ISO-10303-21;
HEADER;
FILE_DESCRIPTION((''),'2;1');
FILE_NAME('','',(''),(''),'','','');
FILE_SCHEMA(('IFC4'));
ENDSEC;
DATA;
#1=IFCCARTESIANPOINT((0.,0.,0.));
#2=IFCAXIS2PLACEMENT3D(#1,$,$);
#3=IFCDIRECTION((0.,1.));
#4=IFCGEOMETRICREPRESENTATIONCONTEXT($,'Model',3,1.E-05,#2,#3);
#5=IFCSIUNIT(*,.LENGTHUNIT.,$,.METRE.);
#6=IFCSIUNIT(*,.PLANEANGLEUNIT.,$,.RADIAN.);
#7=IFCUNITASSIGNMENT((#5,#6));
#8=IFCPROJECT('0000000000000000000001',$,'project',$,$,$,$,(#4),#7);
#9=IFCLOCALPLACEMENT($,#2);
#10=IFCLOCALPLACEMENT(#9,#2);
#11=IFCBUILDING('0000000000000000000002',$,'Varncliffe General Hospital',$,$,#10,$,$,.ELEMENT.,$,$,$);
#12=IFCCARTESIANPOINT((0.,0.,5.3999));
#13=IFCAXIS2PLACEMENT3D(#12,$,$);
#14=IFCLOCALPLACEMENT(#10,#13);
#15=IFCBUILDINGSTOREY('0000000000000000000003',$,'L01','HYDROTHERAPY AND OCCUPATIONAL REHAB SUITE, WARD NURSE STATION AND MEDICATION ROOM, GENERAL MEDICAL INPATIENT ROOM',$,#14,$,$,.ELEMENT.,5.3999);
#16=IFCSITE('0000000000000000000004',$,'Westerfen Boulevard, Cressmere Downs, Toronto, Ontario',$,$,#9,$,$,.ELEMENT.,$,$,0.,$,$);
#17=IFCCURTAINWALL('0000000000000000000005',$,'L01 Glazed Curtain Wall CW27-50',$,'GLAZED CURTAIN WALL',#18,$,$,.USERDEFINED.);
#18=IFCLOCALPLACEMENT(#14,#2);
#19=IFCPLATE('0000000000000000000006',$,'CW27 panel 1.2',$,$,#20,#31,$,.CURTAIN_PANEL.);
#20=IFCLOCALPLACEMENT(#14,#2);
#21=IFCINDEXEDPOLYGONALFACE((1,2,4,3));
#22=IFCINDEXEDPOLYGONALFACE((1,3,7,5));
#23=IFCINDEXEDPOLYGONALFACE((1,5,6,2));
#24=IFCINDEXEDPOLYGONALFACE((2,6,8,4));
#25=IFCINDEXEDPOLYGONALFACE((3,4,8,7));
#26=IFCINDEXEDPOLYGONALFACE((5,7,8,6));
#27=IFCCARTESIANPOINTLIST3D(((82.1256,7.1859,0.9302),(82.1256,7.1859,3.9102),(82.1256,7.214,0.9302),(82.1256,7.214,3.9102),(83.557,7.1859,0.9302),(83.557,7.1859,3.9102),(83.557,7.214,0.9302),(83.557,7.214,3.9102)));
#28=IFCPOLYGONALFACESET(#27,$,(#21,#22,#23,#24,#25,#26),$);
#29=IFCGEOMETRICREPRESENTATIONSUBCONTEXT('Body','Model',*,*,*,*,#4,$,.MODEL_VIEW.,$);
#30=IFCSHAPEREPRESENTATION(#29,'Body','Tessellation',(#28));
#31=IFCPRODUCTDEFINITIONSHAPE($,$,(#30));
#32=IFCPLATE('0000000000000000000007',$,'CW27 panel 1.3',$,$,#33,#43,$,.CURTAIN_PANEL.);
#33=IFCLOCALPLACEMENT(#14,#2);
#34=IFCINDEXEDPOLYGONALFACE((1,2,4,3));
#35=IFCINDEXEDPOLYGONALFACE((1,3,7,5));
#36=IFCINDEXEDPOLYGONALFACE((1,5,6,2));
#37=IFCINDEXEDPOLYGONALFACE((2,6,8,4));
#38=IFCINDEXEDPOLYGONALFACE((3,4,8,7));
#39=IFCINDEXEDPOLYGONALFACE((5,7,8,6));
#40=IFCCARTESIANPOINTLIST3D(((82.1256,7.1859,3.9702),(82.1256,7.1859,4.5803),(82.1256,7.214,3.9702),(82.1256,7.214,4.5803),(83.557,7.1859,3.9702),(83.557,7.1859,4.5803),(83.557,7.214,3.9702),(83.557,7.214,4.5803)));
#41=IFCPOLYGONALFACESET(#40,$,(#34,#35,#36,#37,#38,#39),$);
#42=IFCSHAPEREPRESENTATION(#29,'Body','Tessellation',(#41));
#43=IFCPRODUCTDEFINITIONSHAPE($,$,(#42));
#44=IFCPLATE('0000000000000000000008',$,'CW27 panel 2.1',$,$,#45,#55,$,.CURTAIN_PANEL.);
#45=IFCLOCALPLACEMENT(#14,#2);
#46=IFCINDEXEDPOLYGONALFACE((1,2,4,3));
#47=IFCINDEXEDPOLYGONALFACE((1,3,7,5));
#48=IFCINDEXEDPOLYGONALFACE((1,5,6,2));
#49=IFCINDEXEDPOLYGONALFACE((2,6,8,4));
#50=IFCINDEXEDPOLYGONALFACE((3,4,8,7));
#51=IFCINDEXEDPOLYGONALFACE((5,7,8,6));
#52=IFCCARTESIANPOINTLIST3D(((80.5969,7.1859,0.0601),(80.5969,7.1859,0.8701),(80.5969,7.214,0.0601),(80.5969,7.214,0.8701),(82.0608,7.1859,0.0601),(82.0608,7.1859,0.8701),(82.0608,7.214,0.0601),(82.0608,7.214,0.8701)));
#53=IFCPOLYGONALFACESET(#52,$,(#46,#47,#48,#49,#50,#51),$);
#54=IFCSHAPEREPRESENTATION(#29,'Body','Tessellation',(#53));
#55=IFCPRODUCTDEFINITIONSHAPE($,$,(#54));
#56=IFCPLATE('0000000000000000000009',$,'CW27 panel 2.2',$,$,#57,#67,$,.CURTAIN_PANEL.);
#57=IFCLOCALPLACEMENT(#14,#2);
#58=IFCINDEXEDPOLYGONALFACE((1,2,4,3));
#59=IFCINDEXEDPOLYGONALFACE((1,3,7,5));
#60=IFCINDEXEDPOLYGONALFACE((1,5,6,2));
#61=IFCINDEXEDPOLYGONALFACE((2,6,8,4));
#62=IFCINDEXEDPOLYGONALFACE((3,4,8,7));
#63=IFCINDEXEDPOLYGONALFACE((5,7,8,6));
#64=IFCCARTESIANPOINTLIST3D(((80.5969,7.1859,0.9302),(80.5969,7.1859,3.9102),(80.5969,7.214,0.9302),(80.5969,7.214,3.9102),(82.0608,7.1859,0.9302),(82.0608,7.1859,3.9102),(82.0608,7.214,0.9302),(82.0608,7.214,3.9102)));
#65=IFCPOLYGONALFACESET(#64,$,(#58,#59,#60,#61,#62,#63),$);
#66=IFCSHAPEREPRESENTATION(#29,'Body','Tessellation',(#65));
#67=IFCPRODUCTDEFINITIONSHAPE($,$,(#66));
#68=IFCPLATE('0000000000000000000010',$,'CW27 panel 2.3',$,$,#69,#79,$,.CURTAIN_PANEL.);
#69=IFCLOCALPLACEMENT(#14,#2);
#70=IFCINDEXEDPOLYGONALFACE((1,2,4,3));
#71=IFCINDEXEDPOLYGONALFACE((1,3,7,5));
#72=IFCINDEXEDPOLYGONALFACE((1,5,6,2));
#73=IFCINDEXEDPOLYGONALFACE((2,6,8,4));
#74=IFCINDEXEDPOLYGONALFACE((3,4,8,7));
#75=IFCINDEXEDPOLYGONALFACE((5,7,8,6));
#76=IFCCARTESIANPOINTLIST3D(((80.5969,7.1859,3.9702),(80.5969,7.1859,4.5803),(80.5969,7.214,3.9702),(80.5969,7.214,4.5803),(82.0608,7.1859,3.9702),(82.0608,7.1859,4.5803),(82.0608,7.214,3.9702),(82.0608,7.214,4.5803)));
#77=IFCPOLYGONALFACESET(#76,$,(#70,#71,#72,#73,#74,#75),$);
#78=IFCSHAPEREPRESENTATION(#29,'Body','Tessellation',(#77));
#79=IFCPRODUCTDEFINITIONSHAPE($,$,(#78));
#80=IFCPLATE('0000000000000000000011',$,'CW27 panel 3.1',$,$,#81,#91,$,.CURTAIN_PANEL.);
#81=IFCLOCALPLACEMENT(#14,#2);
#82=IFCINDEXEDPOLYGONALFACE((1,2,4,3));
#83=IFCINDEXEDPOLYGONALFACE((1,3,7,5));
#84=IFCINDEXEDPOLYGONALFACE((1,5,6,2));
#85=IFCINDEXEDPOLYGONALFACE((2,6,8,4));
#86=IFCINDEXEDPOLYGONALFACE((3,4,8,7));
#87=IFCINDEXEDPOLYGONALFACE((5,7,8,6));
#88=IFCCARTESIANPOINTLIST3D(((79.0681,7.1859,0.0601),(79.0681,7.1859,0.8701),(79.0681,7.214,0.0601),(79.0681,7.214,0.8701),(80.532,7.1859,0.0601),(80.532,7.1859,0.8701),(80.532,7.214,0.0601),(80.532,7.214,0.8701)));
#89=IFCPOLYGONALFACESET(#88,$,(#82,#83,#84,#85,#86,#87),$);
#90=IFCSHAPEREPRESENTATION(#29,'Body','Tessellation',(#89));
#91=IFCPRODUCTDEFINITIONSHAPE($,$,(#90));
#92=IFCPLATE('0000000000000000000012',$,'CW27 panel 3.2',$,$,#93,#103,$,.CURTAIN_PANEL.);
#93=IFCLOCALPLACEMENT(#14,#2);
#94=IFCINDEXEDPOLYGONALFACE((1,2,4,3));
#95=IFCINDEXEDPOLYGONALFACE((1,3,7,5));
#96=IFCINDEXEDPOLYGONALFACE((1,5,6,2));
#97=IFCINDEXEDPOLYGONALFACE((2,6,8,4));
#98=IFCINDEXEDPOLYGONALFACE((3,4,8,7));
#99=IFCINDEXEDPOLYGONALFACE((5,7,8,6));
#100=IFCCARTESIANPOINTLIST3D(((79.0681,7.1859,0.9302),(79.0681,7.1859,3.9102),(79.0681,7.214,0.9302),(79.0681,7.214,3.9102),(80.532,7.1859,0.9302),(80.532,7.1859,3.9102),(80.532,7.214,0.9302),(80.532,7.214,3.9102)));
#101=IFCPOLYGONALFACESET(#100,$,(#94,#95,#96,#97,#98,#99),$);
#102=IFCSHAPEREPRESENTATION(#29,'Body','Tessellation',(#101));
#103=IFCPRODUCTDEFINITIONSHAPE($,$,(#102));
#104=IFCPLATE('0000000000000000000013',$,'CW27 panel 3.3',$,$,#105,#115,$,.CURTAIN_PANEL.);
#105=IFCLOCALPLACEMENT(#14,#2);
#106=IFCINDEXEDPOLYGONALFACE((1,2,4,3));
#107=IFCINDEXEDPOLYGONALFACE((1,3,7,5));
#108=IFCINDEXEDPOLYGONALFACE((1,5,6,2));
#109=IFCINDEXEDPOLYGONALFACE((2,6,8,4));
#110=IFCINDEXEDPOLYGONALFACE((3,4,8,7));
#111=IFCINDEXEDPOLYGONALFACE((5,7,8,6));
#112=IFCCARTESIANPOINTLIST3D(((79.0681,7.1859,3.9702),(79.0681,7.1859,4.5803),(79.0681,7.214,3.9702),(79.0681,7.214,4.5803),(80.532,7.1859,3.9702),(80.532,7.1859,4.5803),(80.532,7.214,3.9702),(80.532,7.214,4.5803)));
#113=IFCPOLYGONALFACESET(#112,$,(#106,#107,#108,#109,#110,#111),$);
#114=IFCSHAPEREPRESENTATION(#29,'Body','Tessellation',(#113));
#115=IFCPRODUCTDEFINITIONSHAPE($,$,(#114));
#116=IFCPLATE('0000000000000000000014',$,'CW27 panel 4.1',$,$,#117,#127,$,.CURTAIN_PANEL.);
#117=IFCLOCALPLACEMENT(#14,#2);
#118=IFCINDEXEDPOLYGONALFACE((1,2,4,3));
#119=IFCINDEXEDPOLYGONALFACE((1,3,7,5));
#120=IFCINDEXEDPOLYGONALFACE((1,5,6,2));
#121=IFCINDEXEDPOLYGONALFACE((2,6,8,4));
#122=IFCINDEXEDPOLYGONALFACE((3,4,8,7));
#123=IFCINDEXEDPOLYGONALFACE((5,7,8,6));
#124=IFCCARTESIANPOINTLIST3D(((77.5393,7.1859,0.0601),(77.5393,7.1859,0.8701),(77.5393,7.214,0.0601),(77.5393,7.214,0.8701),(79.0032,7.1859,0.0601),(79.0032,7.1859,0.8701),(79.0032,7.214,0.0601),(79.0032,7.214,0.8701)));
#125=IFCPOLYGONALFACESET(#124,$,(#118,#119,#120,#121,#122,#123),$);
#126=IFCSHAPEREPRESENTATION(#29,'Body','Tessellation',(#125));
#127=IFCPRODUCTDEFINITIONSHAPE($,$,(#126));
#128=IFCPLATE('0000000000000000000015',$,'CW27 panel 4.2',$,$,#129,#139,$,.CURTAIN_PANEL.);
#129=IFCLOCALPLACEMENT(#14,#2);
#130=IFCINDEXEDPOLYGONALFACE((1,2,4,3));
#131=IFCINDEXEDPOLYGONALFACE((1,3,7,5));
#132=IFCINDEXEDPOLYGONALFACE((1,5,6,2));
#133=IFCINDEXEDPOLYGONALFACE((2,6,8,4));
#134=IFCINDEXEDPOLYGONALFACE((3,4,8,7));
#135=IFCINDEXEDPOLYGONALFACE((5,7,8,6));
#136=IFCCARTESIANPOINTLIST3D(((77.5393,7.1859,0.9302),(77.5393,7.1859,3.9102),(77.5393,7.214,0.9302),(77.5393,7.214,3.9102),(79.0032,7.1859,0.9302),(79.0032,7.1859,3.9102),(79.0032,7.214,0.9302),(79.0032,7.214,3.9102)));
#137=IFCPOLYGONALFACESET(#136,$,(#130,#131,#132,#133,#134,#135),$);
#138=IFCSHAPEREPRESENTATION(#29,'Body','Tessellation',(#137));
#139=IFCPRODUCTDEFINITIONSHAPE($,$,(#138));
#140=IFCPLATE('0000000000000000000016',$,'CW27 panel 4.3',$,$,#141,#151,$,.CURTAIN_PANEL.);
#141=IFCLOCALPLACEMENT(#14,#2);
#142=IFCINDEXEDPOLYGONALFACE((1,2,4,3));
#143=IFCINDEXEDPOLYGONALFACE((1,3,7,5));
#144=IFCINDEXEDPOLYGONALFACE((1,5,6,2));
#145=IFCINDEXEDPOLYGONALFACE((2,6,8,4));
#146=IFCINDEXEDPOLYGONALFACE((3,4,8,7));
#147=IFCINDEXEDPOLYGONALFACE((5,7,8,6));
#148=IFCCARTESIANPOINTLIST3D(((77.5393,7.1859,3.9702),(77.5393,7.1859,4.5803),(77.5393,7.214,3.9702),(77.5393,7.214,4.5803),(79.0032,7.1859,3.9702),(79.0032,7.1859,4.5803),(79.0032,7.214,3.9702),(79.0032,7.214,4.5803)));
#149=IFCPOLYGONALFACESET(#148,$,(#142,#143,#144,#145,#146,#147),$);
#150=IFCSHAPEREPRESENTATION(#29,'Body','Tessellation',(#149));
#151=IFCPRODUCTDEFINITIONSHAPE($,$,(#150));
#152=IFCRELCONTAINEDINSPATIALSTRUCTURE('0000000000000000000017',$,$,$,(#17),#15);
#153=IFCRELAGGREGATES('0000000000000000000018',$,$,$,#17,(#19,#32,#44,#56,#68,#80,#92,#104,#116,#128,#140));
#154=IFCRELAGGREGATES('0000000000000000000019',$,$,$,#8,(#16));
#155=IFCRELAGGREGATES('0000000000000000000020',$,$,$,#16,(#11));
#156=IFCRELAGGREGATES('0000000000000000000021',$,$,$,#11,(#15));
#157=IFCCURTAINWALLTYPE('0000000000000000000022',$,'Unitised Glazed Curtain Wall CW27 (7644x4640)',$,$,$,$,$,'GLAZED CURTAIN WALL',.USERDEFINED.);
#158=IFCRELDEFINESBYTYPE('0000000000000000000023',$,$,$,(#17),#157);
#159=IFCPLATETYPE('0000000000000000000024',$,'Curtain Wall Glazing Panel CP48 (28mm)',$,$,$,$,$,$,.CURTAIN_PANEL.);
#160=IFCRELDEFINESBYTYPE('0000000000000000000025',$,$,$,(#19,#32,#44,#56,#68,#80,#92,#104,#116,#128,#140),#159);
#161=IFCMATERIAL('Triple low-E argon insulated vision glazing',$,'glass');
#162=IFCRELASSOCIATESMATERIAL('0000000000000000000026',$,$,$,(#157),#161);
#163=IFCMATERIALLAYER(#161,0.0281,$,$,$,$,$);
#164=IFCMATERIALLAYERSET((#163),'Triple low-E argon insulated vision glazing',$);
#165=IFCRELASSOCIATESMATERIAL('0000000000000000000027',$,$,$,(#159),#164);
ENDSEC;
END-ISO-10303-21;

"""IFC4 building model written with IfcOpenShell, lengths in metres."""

from ifc_helpers import new_model, si_unit, direction, frame, origin, origin_2d, place, context, subcontext, project, spatial, rectangle, extrude, material, layer, layer_set, type_object, element, aggregate, save


model = new_model("IFC4")

# Units and contexts
model_context = context("Model", 3, precision=1e-05, world=origin(), true_north=direction((0.0, 1.0)))
body_context = subcontext(model_context, "Body", "Model", "MODEL_VIEW")
ifc_project = project(units=[si_unit("LENGTHUNIT", "METRE"), si_unit("PLANEANGLEUNIT", "RADIAN")], contexts=[model_context])

# Site, building, storey
site_placement = place(None, origin())
site = spatial("IfcSite", under=ifc_project, at=site_placement, Name="Westerfen Boulevard, Cressmere Downs, Toronto, Ontario", CompositionType="ELEMENT", RefElevation=0.0)
building_placement = place(site_placement, origin())
building = spatial("IfcBuilding", under=site, at=building_placement, Name="Varncliffe General Hospital", CompositionType="ELEMENT")
storey_placement = place(building_placement, frame((0.0, 0.0, 5.3999)))
storey = spatial("IfcBuildingStorey", under=building, at=storey_placement, Name="L01", Description="HYDROTHERAPY AND OCCUPATIONAL REHAB SUITE, WARD NURSE STATION AND MEDICATION ROOM, GENERAL MEDICAL INPATIENT ROOM", CompositionType="ELEMENT", Elevation=5.3999)

# Shared definitions
ifc_material_1 = material(Name="Triple low-E argon insulated vision glazing", Category="glass")

# Curtain wall
curtain_wall_type_1 = type_object("IfcCurtainWallType", Name="Unitised Glazed Curtain Wall CW27 (7644x4640)", ElementType="GLAZED CURTAIN WALL", PredefinedType="USERDEFINED", material=ifc_material_1)
curtain_wall_1_placement = place(storey_placement, origin())
curtain_wall_1 = element("IfcCurtainWall", 1, at=curtain_wall_1_placement, inside=storey, type_object=curtain_wall_type_1, Name="L01 Glazed Curtain Wall CW27-50", ObjectType="GLAZED CURTAIN WALL", PredefinedType="USERDEFINED")

# Plates
ifc_layer_1 = layer(ifc_material_1, 0.0281)
ifc_layer_set_1 = layer_set([ifc_layer_1], Name="Triple low-E argon insulated vision glazing")
plate_type_1 = type_object("IfcPlateType", Name="Curtain Wall Glazing Panel CP48 (28mm)", PredefinedType="CURTAIN_PANEL", material=ifc_layer_set_1)
plate_1_placement = place(storey_placement, frame((82.8413, 7.2, 0.9302), z_axis=(0.0, 0.0, 1.0), x_axis=(-1.0, 0.0, 0.0)))
plate_1 = element("IfcPlate", 2, at=plate_1_placement, type_object=plate_type_1, Name="CW27 panel 1.2", PredefinedType="CURTAIN_PANEL", context=body_context, shape_type="SweptSolid", body=[
    extrude(rectangle(XDim=1.4314, YDim=0.0281, at=origin_2d()), origin(), (0.0, 0.0, 1.0), 2.98),
])
plate_2_placement = place(storey_placement, frame((82.8413, 7.2, 3.9702), z_axis=(0.0, 0.0, 1.0), x_axis=(-1.0, 0.0, 0.0)))
plate_2 = element("IfcPlate", 3, at=plate_2_placement, type_object=plate_type_1, Name="CW27 panel 1.3", PredefinedType="CURTAIN_PANEL", context=body_context, shape_type="SweptSolid", body=[
    extrude(rectangle(XDim=1.4314, YDim=0.0281, at=origin_2d()), origin(), (0.0, 0.0, 1.0), 0.6101),
])
plate_3_placement = place(storey_placement, frame((81.3289, 7.2, 0.0601), z_axis=(0.0, 0.0, 1.0), x_axis=(-1.0, 0.0, 0.0)))
plate_3 = element("IfcPlate", 4, at=plate_3_placement, type_object=plate_type_1, Name="CW27 panel 2.1", PredefinedType="CURTAIN_PANEL", context=body_context, shape_type="SweptSolid", body=[
    extrude(rectangle(XDim=1.4639, YDim=0.0281, at=origin_2d()), origin(), (0.0, 0.0, 1.0), 0.8101),
])
plate_4_placement = place(storey_placement, frame((81.3289, 7.2, 0.9302), z_axis=(0.0, 0.0, 1.0), x_axis=(-1.0, 0.0, 0.0)))
plate_4 = element("IfcPlate", 5, at=plate_4_placement, type_object=plate_type_1, Name="CW27 panel 2.2", PredefinedType="CURTAIN_PANEL", context=body_context, shape_type="SweptSolid", body=[
    extrude(rectangle(XDim=1.4639, YDim=0.0281, at=origin_2d()), origin(), (0.0, 0.0, 1.0), 2.98),
])
plate_5_placement = place(storey_placement, frame((81.3289, 7.2, 3.9702), z_axis=(0.0, 0.0, 1.0), x_axis=(-1.0, 0.0, 0.0)))
plate_5 = element("IfcPlate", 6, at=plate_5_placement, type_object=plate_type_1, Name="CW27 panel 2.3", PredefinedType="CURTAIN_PANEL", context=body_context, shape_type="SweptSolid", body=[
    extrude(rectangle(XDim=1.4639, YDim=0.0281, at=origin_2d()), origin(), (0.0, 0.0, 1.0), 0.6101),
])
plate_6_placement = place(storey_placement, frame((79.8, 7.2, 0.0601), z_axis=(0.0, 0.0, 1.0), x_axis=(-1.0, 0.0, 0.0)))
plate_6 = element("IfcPlate", 7, at=plate_6_placement, type_object=plate_type_1, Name="CW27 panel 3.1", PredefinedType="CURTAIN_PANEL", context=body_context, shape_type="SweptSolid", body=[
    extrude(rectangle(XDim=1.4639, YDim=0.0281, at=origin_2d()), origin(), (0.0, 0.0, 1.0), 0.8101),
])
plate_7_placement = place(storey_placement, frame((79.8, 7.2, 0.9302), z_axis=(0.0, 0.0, 1.0), x_axis=(-1.0, 0.0, 0.0)))
plate_7 = element("IfcPlate", 8, at=plate_7_placement, type_object=plate_type_1, Name="CW27 panel 3.2", PredefinedType="CURTAIN_PANEL", context=body_context, shape_type="SweptSolid", body=[
    extrude(rectangle(XDim=1.4639, YDim=0.0281, at=origin_2d()), origin(), (0.0, 0.0, 1.0), 2.98),
])
plate_8_placement = place(storey_placement, frame((79.8, 7.2, 3.9702), z_axis=(0.0, 0.0, 1.0), x_axis=(-1.0, 0.0, 0.0)))
plate_8 = element("IfcPlate", 9, at=plate_8_placement, type_object=plate_type_1, Name="CW27 panel 3.3", PredefinedType="CURTAIN_PANEL", context=body_context, shape_type="SweptSolid", body=[
    extrude(rectangle(XDim=1.4639, YDim=0.0281, at=origin_2d()), origin(), (0.0, 0.0, 1.0), 0.6101),
])
plate_9_placement = place(storey_placement, frame((78.2712, 7.2, 0.0601), z_axis=(0.0, 0.0, 1.0), x_axis=(-1.0, 0.0, 0.0)))
plate_9 = element("IfcPlate", 10, at=plate_9_placement, type_object=plate_type_1, Name="CW27 panel 4.1", PredefinedType="CURTAIN_PANEL", context=body_context, shape_type="SweptSolid", body=[
    extrude(rectangle(XDim=1.4639, YDim=0.0281, at=origin_2d()), origin(), (0.0, 0.0, 1.0), 0.8101),
])
plate_10_placement = place(storey_placement, frame((78.2712, 7.2, 0.9302), z_axis=(0.0, 0.0, 1.0), x_axis=(-1.0, 0.0, 0.0)))
plate_10 = element("IfcPlate", 11, at=plate_10_placement, type_object=plate_type_1, Name="CW27 panel 4.2", PredefinedType="CURTAIN_PANEL", context=body_context, shape_type="SweptSolid", body=[
    extrude(rectangle(XDim=1.4639, YDim=0.0281, at=origin_2d()), origin(), (0.0, 0.0, 1.0), 2.98),
])
plate_11_placement = place(storey_placement, frame((78.2712, 7.2, 3.9702), z_axis=(0.0, 0.0, 1.0), x_axis=(-1.0, 0.0, 0.0)))
plate_11 = element("IfcPlate", 12, at=plate_11_placement, type_object=plate_type_1, Name="CW27 panel 4.3", PredefinedType="CURTAIN_PANEL", context=body_context, shape_type="SweptSolid", body=[
    extrude(rectangle(XDim=1.4639, YDim=0.0281, at=origin_2d()), origin(), (0.0, 0.0, 1.0), 0.6101),
])
aggregate(curtain_wall_1, [plate_1, plate_2, plate_3, plate_4, plate_5, plate_6, plate_7, plate_8, plate_9, plate_10, plate_11])

save(model, "model.ifc")
